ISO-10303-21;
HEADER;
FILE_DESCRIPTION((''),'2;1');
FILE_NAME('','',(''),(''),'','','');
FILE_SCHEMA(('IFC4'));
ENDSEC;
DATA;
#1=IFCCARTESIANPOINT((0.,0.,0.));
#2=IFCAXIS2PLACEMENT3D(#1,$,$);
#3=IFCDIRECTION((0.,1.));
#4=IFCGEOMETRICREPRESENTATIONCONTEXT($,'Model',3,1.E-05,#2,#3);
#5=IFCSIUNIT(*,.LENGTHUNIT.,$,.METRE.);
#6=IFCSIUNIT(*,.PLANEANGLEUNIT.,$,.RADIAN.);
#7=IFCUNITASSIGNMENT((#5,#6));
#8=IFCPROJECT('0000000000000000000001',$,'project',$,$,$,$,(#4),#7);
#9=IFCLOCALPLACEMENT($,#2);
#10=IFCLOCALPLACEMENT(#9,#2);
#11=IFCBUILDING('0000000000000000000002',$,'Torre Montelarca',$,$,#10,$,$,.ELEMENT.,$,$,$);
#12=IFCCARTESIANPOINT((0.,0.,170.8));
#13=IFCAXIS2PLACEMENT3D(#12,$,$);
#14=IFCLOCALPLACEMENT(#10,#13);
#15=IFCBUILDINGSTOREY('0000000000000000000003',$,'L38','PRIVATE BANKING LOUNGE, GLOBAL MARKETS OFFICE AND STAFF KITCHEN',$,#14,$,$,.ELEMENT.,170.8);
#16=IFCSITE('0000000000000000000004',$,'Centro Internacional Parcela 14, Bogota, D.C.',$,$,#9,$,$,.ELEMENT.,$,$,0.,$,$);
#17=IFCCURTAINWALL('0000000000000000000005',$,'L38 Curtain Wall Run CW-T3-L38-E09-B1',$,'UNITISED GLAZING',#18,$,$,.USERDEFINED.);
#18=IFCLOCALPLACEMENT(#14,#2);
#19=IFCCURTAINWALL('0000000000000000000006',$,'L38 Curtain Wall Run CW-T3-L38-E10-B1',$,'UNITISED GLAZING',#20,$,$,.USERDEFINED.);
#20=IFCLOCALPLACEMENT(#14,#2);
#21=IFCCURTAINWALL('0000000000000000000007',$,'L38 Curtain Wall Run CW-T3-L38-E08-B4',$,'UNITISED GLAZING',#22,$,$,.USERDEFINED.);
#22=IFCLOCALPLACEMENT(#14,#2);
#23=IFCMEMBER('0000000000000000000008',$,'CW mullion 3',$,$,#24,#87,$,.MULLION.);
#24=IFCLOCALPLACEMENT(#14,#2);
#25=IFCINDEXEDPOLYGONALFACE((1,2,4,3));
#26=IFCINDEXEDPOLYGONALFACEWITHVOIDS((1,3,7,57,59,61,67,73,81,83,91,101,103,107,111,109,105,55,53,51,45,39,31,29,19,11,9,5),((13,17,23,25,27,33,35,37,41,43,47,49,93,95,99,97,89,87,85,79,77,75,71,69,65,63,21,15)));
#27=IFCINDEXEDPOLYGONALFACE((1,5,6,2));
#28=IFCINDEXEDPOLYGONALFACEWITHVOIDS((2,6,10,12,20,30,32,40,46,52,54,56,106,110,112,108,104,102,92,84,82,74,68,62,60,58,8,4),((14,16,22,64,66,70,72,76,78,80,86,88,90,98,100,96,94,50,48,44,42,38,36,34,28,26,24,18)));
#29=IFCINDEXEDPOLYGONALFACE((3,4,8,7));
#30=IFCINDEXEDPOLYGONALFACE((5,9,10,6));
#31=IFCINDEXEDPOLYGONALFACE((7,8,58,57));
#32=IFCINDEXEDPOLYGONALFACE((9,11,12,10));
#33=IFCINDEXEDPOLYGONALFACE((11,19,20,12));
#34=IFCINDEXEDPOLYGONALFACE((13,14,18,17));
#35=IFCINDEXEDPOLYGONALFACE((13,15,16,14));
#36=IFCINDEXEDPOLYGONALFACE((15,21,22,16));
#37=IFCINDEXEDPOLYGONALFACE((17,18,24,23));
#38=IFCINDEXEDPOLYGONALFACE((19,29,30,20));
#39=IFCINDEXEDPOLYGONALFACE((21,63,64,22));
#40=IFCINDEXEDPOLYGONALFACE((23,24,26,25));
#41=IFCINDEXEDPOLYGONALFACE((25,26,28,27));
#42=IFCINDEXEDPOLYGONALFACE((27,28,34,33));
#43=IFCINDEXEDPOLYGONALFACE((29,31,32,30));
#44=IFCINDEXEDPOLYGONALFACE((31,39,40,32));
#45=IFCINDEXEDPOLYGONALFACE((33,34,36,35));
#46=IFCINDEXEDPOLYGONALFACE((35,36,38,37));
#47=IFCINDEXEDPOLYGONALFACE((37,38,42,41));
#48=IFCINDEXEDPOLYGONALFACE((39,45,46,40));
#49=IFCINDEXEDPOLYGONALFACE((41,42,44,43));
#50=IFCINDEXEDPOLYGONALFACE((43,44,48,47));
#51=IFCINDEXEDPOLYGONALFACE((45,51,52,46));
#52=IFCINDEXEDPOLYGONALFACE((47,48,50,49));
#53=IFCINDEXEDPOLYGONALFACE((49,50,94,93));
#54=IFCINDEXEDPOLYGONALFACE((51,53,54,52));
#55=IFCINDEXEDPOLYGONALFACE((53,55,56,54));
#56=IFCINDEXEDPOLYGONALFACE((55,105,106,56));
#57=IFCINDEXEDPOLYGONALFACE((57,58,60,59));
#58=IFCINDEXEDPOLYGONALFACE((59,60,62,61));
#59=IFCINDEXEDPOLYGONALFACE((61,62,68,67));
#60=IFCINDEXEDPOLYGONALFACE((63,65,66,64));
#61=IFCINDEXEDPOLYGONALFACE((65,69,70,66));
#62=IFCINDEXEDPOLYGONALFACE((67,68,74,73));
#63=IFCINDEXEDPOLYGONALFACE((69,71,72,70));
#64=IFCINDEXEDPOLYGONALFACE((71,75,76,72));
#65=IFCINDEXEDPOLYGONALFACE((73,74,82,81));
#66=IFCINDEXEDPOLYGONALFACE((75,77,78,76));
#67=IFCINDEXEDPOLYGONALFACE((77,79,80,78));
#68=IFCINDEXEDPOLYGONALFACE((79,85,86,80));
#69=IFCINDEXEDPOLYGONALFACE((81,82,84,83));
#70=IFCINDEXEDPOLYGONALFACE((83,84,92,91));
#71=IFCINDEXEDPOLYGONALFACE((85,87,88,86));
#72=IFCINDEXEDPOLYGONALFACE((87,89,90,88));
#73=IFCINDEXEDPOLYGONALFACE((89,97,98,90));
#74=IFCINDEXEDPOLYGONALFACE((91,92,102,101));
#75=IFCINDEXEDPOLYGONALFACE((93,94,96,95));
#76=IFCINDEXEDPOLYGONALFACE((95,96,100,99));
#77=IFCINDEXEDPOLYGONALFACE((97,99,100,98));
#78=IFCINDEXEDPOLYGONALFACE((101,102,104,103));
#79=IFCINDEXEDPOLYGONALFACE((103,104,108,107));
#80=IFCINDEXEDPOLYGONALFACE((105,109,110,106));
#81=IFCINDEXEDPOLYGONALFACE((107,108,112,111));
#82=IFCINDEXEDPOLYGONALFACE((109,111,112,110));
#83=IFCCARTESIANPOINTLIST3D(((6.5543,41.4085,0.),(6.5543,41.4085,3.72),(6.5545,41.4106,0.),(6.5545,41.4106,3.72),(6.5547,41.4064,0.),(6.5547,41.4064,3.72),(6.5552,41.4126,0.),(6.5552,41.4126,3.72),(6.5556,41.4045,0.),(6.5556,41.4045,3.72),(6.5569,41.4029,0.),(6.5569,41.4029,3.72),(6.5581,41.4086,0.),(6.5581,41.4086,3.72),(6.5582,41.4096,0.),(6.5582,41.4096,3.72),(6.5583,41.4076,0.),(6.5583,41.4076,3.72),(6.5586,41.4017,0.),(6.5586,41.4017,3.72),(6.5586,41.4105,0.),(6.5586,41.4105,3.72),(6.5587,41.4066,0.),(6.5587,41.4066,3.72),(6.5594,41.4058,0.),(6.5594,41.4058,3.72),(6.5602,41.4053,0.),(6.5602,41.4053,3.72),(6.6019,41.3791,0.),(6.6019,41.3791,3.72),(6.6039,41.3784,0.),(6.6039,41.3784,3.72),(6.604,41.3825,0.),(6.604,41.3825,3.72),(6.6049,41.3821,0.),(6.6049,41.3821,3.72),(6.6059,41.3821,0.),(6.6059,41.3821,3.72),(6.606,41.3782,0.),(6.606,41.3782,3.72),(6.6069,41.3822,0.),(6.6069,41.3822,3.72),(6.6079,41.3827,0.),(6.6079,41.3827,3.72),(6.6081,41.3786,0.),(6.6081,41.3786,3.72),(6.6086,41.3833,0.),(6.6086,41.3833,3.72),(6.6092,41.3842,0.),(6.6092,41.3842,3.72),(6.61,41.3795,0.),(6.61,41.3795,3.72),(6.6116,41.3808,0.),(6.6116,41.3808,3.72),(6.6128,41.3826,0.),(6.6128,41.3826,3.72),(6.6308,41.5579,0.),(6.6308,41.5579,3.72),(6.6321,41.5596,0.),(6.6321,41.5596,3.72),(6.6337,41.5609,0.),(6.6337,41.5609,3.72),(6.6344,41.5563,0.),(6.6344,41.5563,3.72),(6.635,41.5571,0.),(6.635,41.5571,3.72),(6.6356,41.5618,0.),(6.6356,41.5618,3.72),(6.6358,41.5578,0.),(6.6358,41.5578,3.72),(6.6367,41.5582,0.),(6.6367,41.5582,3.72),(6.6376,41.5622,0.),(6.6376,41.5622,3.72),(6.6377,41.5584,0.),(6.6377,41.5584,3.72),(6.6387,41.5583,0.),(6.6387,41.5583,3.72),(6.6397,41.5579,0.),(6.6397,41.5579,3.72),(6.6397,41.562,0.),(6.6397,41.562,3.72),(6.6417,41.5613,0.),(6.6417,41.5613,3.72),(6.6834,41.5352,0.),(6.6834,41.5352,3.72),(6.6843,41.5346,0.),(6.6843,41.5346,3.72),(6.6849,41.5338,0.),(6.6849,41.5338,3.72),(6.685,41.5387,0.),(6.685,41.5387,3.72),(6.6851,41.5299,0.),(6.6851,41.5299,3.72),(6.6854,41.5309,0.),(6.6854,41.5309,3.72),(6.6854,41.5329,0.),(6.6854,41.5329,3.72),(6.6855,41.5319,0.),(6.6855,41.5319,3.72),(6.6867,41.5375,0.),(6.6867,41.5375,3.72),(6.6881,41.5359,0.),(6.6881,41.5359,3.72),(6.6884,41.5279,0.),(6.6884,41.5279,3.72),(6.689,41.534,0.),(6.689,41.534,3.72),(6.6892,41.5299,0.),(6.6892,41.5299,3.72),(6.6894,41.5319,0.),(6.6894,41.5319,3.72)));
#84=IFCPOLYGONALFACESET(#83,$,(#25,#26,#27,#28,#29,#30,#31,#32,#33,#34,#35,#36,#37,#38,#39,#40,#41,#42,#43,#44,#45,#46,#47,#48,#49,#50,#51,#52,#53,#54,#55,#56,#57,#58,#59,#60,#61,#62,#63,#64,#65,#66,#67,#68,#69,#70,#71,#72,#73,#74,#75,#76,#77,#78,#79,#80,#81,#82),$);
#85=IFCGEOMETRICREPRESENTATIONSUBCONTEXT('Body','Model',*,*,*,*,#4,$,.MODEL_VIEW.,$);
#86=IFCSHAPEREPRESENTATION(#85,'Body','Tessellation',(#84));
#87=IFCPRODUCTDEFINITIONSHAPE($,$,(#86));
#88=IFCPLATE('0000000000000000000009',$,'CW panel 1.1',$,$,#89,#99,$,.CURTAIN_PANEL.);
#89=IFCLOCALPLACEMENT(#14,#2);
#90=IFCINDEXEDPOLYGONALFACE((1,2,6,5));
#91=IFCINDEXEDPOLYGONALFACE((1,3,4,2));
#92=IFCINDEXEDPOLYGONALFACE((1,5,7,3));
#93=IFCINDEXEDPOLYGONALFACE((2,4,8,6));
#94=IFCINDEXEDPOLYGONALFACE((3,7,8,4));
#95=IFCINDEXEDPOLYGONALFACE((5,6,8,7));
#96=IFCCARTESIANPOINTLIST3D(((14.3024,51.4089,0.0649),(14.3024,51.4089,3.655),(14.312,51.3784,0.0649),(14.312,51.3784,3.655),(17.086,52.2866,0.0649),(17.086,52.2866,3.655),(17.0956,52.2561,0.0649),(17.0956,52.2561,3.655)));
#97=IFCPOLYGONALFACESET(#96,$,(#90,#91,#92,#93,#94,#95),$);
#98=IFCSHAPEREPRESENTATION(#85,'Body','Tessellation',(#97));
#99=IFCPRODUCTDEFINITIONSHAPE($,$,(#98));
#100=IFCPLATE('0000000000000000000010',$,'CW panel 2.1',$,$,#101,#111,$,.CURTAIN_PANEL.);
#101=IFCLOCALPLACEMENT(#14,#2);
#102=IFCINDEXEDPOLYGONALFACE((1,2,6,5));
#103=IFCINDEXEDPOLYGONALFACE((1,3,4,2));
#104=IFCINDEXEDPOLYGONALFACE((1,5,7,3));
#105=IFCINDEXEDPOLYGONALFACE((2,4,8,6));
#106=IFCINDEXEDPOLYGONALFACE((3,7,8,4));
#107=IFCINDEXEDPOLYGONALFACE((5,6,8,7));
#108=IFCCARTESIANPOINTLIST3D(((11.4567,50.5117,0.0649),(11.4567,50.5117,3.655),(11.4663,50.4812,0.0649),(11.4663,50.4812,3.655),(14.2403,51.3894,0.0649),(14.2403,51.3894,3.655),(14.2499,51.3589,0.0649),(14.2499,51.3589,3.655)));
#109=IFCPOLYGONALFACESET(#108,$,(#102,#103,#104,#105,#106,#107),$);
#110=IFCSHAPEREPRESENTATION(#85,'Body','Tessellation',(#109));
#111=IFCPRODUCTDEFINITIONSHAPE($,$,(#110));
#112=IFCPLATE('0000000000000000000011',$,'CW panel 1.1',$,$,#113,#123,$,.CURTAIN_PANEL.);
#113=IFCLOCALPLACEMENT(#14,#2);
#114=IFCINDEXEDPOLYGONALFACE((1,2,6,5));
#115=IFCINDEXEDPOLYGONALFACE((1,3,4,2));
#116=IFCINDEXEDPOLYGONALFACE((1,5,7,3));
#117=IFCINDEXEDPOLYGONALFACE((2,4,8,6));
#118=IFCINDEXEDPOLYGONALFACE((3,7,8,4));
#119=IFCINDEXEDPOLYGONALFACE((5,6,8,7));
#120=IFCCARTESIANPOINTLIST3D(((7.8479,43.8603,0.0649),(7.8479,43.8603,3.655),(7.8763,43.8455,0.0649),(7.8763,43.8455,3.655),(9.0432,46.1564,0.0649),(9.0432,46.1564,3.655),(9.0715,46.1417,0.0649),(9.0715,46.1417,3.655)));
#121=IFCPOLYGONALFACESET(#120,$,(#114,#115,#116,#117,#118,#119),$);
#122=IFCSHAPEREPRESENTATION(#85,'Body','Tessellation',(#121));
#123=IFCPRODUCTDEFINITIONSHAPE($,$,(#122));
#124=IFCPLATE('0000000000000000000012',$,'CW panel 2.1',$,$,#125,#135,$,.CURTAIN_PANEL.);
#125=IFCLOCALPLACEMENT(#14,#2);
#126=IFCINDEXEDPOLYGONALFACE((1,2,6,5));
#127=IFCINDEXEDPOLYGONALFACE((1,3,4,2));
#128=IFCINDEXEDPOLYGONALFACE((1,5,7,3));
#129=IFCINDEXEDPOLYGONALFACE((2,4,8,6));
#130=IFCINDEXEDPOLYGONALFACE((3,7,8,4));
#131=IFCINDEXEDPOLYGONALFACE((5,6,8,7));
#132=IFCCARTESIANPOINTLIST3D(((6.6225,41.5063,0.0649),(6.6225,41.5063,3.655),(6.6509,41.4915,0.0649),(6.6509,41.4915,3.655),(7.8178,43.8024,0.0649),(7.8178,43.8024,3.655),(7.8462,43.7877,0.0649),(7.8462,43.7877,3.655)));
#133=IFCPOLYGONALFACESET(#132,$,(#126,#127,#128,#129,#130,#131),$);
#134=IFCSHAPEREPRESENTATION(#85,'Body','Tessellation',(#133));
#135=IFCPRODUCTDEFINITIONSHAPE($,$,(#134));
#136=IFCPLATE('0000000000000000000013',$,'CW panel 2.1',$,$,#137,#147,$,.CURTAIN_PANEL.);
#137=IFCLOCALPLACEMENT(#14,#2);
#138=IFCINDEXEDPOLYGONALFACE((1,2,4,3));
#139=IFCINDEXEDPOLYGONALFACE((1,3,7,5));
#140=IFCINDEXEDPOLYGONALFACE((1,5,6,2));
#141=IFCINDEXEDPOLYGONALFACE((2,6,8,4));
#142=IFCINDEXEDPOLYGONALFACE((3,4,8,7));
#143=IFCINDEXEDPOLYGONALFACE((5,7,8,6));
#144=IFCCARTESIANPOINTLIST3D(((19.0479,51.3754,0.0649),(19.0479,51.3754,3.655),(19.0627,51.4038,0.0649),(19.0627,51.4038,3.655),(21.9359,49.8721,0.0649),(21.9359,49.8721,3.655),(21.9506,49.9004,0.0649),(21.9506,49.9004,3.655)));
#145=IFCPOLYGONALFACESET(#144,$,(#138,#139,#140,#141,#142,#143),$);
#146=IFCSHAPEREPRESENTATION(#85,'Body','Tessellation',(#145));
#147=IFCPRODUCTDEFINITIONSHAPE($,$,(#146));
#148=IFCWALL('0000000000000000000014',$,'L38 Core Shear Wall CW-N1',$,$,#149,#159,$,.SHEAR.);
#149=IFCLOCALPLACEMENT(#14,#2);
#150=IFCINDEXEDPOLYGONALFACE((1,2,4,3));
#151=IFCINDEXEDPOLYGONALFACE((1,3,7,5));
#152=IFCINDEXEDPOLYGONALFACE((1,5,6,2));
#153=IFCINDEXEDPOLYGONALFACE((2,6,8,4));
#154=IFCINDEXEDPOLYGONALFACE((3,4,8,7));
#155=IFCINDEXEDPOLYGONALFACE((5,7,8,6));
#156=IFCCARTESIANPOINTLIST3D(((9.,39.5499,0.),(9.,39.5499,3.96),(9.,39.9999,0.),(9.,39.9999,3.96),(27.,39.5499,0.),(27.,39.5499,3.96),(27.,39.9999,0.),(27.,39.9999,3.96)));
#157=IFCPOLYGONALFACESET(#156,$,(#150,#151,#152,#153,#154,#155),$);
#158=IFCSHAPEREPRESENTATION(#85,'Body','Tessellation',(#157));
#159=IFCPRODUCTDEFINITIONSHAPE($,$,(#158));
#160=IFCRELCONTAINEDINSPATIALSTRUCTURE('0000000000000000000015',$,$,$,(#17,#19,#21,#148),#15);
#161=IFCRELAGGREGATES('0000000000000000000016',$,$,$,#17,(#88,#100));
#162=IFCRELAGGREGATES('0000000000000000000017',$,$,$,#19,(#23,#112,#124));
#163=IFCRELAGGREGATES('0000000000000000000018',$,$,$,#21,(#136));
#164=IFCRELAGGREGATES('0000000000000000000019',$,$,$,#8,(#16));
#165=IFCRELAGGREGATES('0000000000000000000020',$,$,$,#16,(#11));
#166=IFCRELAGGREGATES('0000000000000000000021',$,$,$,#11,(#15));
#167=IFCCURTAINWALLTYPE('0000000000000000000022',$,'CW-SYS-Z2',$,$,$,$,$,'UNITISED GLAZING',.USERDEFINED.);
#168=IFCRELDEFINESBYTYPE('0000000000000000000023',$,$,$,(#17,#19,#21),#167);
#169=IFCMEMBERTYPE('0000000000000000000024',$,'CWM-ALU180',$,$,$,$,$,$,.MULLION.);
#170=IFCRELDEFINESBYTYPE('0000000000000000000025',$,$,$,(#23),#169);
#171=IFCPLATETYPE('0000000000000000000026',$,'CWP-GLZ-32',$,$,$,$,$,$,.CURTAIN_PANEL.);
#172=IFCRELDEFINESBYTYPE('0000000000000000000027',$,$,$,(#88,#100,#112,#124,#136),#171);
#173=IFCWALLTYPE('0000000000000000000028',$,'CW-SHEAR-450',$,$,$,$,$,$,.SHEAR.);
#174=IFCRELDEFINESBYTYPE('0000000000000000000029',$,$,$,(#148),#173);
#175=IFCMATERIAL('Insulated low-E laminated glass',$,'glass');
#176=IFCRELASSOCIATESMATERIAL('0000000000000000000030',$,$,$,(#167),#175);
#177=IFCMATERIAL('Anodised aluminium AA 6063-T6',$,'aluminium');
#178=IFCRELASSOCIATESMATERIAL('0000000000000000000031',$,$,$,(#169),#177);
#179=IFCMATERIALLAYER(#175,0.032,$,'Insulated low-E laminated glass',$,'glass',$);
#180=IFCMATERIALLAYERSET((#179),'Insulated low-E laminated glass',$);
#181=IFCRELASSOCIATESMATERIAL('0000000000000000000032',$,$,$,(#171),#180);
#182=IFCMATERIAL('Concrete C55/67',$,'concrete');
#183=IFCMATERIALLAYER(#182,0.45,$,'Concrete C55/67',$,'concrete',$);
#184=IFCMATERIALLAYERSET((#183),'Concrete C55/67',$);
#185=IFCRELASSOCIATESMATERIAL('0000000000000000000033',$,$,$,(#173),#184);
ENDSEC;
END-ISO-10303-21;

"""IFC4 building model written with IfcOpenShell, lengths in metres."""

from ifc_helpers import new_model, si_unit, direction, frame, frame_2d, origin, origin_2d, place, context, subcontext, project, spatial, rectangle, hollow_rectangle, extrude, source, transform, mapped, material, layer, layer_set, material_profile, profile_set, type_object, element, aggregate, save


model = new_model("IFC4")

# Units and contexts
model_context = context("Model", 3, precision=1e-05, world=origin(), true_north=direction((0.0, 1.0)))
body_context = subcontext(model_context, "Body", "Model", "MODEL_VIEW")
ifc_project = project(units=[si_unit("LENGTHUNIT", "METRE"), si_unit("PLANEANGLEUNIT", "RADIAN")], contexts=[model_context])

# Site, building, storey
site_placement = place(None, origin())
site = spatial("IfcSite", under=ifc_project, at=site_placement, Name="Centro Internacional Parcela 14, Bogota, D.C.", CompositionType="ELEMENT", RefElevation=0.0)
building_placement = place(site_placement, origin())
building = spatial("IfcBuilding", under=site, at=building_placement, Name="Torre Montelarca", CompositionType="ELEMENT")
storey_placement = place(building_placement, frame((0.0, 0.0, 170.8)))
storey = spatial("IfcBuildingStorey", under=building, at=storey_placement, Name="L38", Description="PRIVATE BANKING LOUNGE, GLOBAL MARKETS OFFICE AND STAFF KITCHEN", CompositionType="ELEMENT", Elevation=170.8)

# Shared definitions
ifc_material_1 = material(Name="Concrete C55/67", Category="concrete")

# Curtain walls
ifc_material_2 = material(Name="Insulated low-E laminated glass", Category="glass")
curtain_wall_type = type_object("IfcCurtainWallType", Name="CW-SYS-Z2", ElementType="UNITISED GLAZING", PredefinedType="USERDEFINED", material=ifc_material_2)
curtain_wall_1_placement = place(storey_placement, origin())
curtain_wall_1 = element("IfcCurtainWall", 1, at=curtain_wall_1_placement, inside=storey, type_object=curtain_wall_type, Name="L38 Curtain Wall Run CW-T3-L38-E09-B1", ObjectType="UNITISED GLAZING", PredefinedType="USERDEFINED")
ifc_material_3 = material(Name="Anodised aluminium AA 6063-T6", Category="aluminium")
curtain_wall_2_placement = place(storey_placement, origin())
curtain_wall_2 = element("IfcCurtainWall", 2, at=curtain_wall_2_placement, inside=storey, type_object=curtain_wall_type, Name="L38 Curtain Wall Run CW-T3-L38-E10-B1", ObjectType="UNITISED GLAZING", PredefinedType="USERDEFINED")

# Curtain wall
curtain_wall_3_placement = place(storey_placement, origin())
curtain_wall_3 = element("IfcCurtainWall", 3, at=curtain_wall_3_placement, inside=storey, type_object=curtain_wall_type, Name="L38 Curtain Wall Run CW-T3-L38-E08-B4", ObjectType="UNITISED GLAZING", PredefinedType="USERDEFINED")
ifc_material_profile_1 = material_profile(ifc_material_3, hollow_rectangle(XDim=0.0649, YDim=0.1799, WallThickness=0.0039, InnerFilletRadius=0.0039, OuterFilletRadius=0.0081, at=origin_2d()), Name="ALU65X180X4", Category="aluminium")
ifc_profile_set_1 = profile_set([ifc_material_profile_1], Name="Anodised aluminium AA 6063-T6")
member_type_1 = type_object("IfcMemberType", Name="CWM-ALU180", PredefinedType="MULLION", material=ifc_profile_set_1)
shared_shape_1 = source(origin(), body_context, "Body", "SweptSolid", [
    extrude(hollow_rectangle(XDim=0.0649, YDim=0.1799, WallThickness=0.0039, InnerFilletRadius=0.0039, OuterFilletRadius=0.0081, at=origin_2d()), origin(), (0.0, 0.0, 1.0), 3.72),
])

# Member
member_1_placement = place(storey_placement, frame((6.6218, 41.4702, 0.0), z_axis=(0.0, 0.0, 1.0), x_axis=(0.887012, -0.461747, 0.0)))
member_1 = element("IfcMember", 4, at=member_1_placement, type_object=member_type_1, Name="CW mullion 3", PredefinedType="MULLION", context=body_context, shape_type="MappedRepresentation", body=[
    mapped(shared_shape_1, transform((0.0, 0.0, 0.0), scale=1.0)),
])

# Plates
ifc_layer_1 = layer(ifc_material_2, 0.032, Name="Insulated low-E laminated glass", Category="glass")
ifc_layer_set_1 = layer_set([ifc_layer_1], Name="Insulated low-E laminated glass")
plate_type = type_object("IfcPlateType", Name="CWP-GLZ-32", PredefinedType="CURTAIN_PANEL", material=ifc_layer_set_1)
shared_shape_2 = source(origin(), body_context, "Body", "SweptSolid", [
    extrude(rectangle(XDim=2.9187, YDim=0.032, at=origin_2d()), origin(), (0.0, 0.0, 1.0), 3.5901),
])
plate_1_placement = place(storey_placement, frame((15.699, 51.8325, 0.0649), z_axis=(0.0, 0.0, 1.0), x_axis=(-0.953719, -0.300699, 0.0)))
plate_1 = element("IfcPlate", 5, at=plate_1_placement, type_object=plate_type, Name="CW panel 1.1", PredefinedType="CURTAIN_PANEL", context=body_context, shape_type="MappedRepresentation", body=[
    mapped(shared_shape_2, transform((0.0, 0.0, 0.0), scale=1.0)),
])
plate_2_placement = place(storey_placement, frame((12.8533, 50.9353, 0.0649), z_axis=(0.0, 0.0, 1.0), x_axis=(-0.953719, -0.300699, 0.0)))
plate_2 = element("IfcPlate", 6, at=plate_2_placement, type_object=plate_type, Name="CW panel 2.1", PredefinedType="CURTAIN_PANEL", context=body_context, shape_type="MappedRepresentation", body=[
    mapped(shared_shape_2, transform((0.0, 0.0, 0.0), scale=1.0)),
])
aggregate(curtain_wall_1, [plate_1, plate_2])
shared_shape_3 = source(origin(), body_context, "Body", "SweptSolid", [
    extrude(rectangle(XDim=2.5886, YDim=0.032, at=origin_2d()), origin(), (0.0, 0.0, 1.0), 3.5901),
])
plate_3_placement = place(storey_placement, frame((8.4597, 45.001, 0.0649), z_axis=(0.0, 0.0, 1.0), x_axis=(-0.461747, -0.887012, 0.0)))
plate_3 = element("IfcPlate", 7, at=plate_3_placement, type_object=plate_type, Name="CW panel 1.1", PredefinedType="CURTAIN_PANEL", context=body_context, shape_type="MappedRepresentation", body=[
    mapped(shared_shape_3, transform((0.0, 0.0, 0.0), scale=1.0)),
])
plate_4_placement = place(storey_placement, frame((7.2344, 42.647, 0.0649), z_axis=(0.0, 0.0, 1.0), x_axis=(-0.461747, -0.887012, 0.0)))
plate_4 = element("IfcPlate", 8, at=plate_4_placement, type_object=plate_type, Name="CW panel 2.1", PredefinedType="CURTAIN_PANEL", context=body_context, shape_type="MappedRepresentation", body=[
    mapped(shared_shape_3, transform((0.0, 0.0, 0.0), scale=1.0)),
])
aggregate(curtain_wall_2, [member_1, plate_3, plate_4])
shared_shape_4 = source(origin(), body_context, "Body", "SweptSolid", [
    extrude(rectangle(XDim=3.2559, YDim=0.032, at=origin_2d()), origin(), (0.0, 0.0, 1.0), 3.5901),
])
plate_5_placement = place(storey_placement, frame((20.4993, 50.6379, 0.0649), z_axis=(0.0, 0.0, 1.0), x_axis=(-0.887011, 0.461748, 0.0)))
plate_5 = element("IfcPlate", 9, at=plate_5_placement, type_object=plate_type, Name="CW panel 2.1", PredefinedType="CURTAIN_PANEL", context=body_context, shape_type="MappedRepresentation", body=[
    mapped(shared_shape_4, transform((0.0, 0.0, 0.0), scale=1.0)),
])
aggregate(curtain_wall_3, [plate_5])

# Wall
ifc_layer_2 = layer(ifc_material_1, 0.45, Name="Concrete C55/67", Category="concrete")
ifc_layer_set_2 = layer_set([ifc_layer_2], Name="Concrete C55/67")
wall_type_1 = type_object("IfcWallType", Name="CW-SHEAR-450", PredefinedType="SHEAR", material=ifc_layer_set_2)
wall_1_placement = place(storey_placement, frame((9.0, 39.7749, 0.0), z_axis=(0.0, 0.0, 1.0), x_axis=(1.0, 0.0, 0.0)))
element("IfcWall", 10, at=wall_1_placement, inside=storey, type_object=wall_type_1, Name="L38 Core Shear Wall CW-N1", PredefinedType="SHEAR", context=body_context, shape_type="SweptSolid", body=[
    extrude(rectangle(XDim=18.0, YDim=0.45, at=frame_2d((9.0, 0.0))), origin(), (0.0, 0.0, 1.0), 3.96),
])

save(model, "model.ifc")
